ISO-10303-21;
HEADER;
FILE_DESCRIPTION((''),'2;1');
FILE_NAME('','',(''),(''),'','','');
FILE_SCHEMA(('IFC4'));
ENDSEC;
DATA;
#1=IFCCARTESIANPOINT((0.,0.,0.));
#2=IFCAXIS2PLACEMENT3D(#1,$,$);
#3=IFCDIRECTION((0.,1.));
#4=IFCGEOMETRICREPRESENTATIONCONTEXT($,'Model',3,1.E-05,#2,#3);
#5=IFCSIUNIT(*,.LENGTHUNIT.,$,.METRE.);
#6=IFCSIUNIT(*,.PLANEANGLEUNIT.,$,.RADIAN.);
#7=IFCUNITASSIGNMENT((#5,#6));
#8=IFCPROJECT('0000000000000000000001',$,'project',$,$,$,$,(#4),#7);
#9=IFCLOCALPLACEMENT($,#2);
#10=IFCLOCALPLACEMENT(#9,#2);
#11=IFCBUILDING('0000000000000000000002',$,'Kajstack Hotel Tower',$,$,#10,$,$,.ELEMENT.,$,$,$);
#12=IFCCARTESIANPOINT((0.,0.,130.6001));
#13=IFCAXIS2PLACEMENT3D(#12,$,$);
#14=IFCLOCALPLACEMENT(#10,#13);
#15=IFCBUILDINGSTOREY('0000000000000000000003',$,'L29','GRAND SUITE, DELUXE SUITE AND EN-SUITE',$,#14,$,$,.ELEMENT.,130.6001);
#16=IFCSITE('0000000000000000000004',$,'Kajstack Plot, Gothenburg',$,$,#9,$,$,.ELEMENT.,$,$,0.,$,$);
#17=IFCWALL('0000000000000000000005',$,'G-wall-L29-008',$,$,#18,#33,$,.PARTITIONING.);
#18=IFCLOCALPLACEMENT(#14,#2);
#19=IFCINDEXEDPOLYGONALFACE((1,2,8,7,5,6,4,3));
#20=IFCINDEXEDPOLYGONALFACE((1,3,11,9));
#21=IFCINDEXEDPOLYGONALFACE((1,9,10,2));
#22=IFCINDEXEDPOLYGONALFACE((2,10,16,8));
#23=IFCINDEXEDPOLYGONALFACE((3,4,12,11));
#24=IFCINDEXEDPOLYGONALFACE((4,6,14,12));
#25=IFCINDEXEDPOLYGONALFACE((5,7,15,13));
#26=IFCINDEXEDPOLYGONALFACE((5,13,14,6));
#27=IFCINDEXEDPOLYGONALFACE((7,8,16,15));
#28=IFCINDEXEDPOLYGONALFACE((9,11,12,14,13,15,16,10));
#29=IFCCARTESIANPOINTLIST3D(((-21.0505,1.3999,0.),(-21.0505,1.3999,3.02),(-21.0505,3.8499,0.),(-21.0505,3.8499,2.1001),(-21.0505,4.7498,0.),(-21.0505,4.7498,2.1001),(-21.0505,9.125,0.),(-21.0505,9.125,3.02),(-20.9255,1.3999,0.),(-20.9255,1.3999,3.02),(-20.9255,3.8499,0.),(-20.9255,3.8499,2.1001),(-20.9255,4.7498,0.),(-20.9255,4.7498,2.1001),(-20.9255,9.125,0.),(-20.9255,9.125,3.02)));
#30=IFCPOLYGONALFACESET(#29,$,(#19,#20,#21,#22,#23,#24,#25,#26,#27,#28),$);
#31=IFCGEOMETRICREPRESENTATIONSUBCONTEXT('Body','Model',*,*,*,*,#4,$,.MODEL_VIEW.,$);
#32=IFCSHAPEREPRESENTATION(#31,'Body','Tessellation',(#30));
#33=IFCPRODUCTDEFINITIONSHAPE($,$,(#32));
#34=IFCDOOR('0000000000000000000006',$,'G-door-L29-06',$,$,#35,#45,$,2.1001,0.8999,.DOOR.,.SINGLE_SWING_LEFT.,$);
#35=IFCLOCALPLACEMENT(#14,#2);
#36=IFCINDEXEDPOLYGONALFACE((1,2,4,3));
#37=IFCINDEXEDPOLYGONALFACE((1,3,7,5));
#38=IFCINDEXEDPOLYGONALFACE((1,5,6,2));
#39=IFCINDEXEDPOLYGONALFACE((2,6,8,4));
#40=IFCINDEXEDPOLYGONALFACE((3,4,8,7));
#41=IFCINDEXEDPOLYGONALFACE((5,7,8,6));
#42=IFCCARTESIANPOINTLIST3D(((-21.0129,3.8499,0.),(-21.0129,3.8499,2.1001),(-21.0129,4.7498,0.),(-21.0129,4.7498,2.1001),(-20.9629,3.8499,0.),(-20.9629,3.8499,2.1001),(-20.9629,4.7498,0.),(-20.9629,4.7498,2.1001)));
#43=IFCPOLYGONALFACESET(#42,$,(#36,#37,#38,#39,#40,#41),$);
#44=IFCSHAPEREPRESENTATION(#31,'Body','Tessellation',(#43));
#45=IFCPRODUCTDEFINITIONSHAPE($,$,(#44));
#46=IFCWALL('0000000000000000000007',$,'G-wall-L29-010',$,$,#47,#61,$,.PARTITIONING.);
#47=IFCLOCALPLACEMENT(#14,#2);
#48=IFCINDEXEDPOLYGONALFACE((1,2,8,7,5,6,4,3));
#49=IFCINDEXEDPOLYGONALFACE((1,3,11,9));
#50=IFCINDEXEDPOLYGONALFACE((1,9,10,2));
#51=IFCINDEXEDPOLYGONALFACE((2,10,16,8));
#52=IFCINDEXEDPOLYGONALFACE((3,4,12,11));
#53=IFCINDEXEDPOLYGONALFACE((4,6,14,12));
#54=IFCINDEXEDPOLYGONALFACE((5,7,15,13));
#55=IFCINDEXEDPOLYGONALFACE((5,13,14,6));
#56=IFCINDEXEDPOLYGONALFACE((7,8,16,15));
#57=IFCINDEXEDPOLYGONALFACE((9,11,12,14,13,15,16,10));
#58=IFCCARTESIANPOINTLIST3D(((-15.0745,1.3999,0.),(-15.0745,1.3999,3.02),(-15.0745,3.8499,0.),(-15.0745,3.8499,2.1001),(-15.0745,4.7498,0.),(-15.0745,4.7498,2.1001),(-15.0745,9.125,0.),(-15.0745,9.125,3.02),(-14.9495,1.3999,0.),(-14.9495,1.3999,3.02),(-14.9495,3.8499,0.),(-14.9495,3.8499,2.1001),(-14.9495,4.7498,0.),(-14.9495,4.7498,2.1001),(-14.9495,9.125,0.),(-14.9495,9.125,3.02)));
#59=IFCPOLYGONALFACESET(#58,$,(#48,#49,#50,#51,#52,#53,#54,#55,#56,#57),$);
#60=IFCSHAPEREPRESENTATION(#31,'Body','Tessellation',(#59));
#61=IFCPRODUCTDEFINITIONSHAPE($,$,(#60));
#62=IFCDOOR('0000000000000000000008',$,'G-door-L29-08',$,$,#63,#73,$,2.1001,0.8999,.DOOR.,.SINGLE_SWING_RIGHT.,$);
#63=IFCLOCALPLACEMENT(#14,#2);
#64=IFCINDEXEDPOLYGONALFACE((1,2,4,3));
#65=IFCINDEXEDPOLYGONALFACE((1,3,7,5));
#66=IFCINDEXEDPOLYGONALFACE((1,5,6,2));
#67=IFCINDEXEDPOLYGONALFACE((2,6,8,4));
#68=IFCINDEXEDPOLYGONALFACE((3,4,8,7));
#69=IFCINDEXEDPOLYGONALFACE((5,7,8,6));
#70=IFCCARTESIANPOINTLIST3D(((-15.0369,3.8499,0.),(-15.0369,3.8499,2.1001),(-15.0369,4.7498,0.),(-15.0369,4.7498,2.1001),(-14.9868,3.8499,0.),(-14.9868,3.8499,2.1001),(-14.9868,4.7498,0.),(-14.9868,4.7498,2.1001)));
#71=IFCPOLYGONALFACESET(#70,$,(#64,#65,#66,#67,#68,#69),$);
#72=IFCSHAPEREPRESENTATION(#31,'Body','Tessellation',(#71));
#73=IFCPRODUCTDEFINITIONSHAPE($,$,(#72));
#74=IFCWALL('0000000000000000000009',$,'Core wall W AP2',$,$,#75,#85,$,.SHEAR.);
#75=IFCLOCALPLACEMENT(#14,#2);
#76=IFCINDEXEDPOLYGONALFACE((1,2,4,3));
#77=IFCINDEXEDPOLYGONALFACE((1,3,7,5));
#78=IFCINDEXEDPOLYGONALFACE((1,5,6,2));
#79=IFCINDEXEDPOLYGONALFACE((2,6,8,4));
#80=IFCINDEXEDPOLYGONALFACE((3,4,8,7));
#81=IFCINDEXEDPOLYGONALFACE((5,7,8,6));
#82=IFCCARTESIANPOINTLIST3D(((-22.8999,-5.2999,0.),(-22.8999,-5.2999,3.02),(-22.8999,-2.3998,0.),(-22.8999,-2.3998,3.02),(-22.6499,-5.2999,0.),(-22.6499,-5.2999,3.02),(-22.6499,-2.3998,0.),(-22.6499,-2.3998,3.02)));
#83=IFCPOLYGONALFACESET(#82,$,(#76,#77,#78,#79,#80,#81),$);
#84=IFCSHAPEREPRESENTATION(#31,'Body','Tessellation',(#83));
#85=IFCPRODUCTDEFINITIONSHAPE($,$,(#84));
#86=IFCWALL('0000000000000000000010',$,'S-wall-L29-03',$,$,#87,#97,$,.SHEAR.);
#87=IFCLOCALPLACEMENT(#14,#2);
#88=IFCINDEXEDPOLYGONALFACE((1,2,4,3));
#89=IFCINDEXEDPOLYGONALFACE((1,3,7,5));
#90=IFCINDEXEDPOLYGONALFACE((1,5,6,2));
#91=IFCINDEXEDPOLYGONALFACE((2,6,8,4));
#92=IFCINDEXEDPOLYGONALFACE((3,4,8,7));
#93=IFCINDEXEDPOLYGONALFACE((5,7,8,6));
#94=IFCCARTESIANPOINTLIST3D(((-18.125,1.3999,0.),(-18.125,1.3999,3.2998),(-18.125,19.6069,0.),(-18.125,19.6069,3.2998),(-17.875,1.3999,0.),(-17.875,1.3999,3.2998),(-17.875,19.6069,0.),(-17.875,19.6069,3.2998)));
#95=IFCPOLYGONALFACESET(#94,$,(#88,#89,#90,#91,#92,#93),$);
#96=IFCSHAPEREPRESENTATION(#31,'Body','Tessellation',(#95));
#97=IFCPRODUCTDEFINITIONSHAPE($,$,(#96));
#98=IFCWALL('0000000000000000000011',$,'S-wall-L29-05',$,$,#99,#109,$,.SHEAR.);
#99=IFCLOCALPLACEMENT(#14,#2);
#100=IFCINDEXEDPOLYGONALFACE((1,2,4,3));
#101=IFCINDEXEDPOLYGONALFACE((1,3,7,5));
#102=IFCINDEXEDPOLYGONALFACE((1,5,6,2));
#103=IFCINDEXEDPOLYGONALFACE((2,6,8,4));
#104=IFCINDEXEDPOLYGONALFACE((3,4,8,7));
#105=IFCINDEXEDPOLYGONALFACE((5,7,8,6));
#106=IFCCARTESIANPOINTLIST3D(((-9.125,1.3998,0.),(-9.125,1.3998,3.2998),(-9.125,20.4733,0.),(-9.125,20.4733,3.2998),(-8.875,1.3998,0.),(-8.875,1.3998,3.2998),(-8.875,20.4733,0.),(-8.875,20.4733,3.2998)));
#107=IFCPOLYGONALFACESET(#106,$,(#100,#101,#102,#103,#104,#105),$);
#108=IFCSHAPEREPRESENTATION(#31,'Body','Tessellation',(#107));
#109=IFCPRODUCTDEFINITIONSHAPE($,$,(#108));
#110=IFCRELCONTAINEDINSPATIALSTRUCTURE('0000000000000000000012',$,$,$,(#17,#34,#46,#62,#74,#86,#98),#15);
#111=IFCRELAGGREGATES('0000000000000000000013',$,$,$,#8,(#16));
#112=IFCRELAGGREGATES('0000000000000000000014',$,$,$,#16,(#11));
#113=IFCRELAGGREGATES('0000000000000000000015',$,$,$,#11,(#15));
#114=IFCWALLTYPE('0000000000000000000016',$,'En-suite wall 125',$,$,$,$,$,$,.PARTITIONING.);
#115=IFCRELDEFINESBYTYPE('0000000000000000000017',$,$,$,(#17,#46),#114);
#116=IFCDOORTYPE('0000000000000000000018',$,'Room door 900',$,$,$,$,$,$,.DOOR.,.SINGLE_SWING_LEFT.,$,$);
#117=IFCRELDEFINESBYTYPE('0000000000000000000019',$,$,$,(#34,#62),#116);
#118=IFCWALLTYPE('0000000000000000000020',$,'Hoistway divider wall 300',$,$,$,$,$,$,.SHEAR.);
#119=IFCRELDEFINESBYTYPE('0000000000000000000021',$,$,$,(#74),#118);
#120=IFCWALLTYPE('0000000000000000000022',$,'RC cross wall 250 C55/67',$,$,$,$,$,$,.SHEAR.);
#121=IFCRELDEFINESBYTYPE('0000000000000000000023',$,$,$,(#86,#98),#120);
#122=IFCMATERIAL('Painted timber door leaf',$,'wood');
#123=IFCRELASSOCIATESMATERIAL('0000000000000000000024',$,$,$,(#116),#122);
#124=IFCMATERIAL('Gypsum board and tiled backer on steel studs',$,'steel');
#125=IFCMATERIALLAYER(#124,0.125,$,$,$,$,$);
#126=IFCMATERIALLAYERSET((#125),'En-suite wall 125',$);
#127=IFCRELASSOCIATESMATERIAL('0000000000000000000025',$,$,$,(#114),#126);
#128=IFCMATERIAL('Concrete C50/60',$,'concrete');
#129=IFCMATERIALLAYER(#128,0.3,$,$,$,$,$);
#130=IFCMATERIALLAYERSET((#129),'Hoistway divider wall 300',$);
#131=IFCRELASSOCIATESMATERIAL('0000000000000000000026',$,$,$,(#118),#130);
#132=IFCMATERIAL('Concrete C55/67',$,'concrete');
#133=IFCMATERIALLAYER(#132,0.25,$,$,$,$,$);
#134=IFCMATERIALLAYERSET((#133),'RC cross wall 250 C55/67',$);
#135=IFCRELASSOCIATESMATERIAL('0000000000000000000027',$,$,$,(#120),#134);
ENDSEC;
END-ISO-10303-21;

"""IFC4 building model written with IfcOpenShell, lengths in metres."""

from ifc_helpers import new_model, si_unit, direction, frame, frame_2d, origin, place, context, subcontext, project, spatial, rectangle, extrude, material, layer, layer_set, type_object, element, fill, save


model = new_model("IFC4")

# Units and contexts
model_context = context("Model", 3, precision=1e-05, world=origin(), true_north=direction((0.0, 1.0)))
body_context = subcontext(model_context, "Body", "Model", "MODEL_VIEW")
ifc_project = project(units=[si_unit("LENGTHUNIT", "METRE"), si_unit("PLANEANGLEUNIT", "RADIAN")], contexts=[model_context])

# Site, building, storey
site_placement = place(None, origin())
site = spatial("IfcSite", under=ifc_project, at=site_placement, Name="Kajstack Plot, Gothenburg", CompositionType="ELEMENT", RefElevation=0.0)
building_placement = place(site_placement, origin())
building = spatial("IfcBuilding", under=site, at=building_placement, Name="Kajstack Hotel Tower", CompositionType="ELEMENT")
storey_placement = place(building_placement, frame((0.0, 0.0, 130.6001)))
storey = spatial("IfcBuildingStorey", under=building, at=storey_placement, Name="L29", Description="GRAND SUITE, DELUXE SUITE AND EN-SUITE", CompositionType="ELEMENT", Elevation=130.6001)

# Shared definitions
ifc_material_1 = material(Name="Painted timber door leaf", Category="wood")
door_type_1 = type_object("IfcDoorType", Name="Room door 900", OperationType="SINGLE_SWING_LEFT", PredefinedType="DOOR", material=ifc_material_1)

# Walls, openings, doors
ifc_material_2 = material(Name="Gypsum board and tiled backer on steel studs", Category="steel")
ifc_layer_1 = layer(ifc_material_2, 0.125)
ifc_layer_set_1 = layer_set([ifc_layer_1], Name="En-suite wall 125")
wall_type_1 = type_object("IfcWallType", Name="En-suite wall 125", PredefinedType="PARTITIONING", material=ifc_layer_set_1)
wall_1_placement = place(storey_placement, frame((-20.988, 1.3999, 0.0), z_axis=(0.0, 0.0, 1.0), x_axis=(0.0, 1.0, 0.0)))
wall_1 = element("IfcWall", 1, at=wall_1_placement, inside=storey, type_object=wall_type_1, Name="G-wall-L29-008", PredefinedType="PARTITIONING", context=body_context, shape_type="SweptSolid", body=[
    extrude(rectangle(XDim=7.7251, YDim=0.125, at=frame_2d((3.8625, 0.0))), origin(), (0.0, 0.0, 1.0), 3.02),
])
opening_1_placement = place(wall_1_placement, frame((2.45, 0.0, 0.0)))
opening_1 = element("IfcOpeningElement", 2, at=opening_1_placement, cuts=wall_1, PredefinedType="OPENING", context=body_context, shape_type="SweptSolid", body=[
    extrude(rectangle(XDim=0.8999, YDim=2.1001, at=frame_2d((0.45, 1.05))), frame((0.0, 0.0725, 0.0), z_axis=(0.0, -1.0, 0.0), x_axis=(1.0, 0.0, 0.0)), (0.0, 0.0, 1.0), 0.145),
])
door_1_placement = place(opening_1_placement, origin())
door_1 = element("IfcDoor", 3, at=door_1_placement, inside=storey, type_object=door_type_1, Name="G-door-L29-06", OperationType="SINGLE_SWING_LEFT", OverallHeight=2.1001, OverallWidth=0.8999, PredefinedType="DOOR", context=body_context, shape_type="SweptSolid", body=[
    extrude(rectangle(XDim=0.8999, YDim=2.1001, at=frame_2d((0.45, 1.05))), frame((0.0, 0.0249, 0.0), z_axis=(0.0, -1.0, 0.0), x_axis=(1.0, 0.0, 0.0)), (0.0, 0.0, 1.0), 0.05),
])
fill(opening_1, door_1)
wall_2_placement = place(storey_placement, frame((-15.012, 1.3999, 0.0), z_axis=(0.0, 0.0, 1.0), x_axis=(0.0, 1.0, 0.0)))
wall_2 = element("IfcWall", 4, at=wall_2_placement, inside=storey, type_object=wall_type_1, Name="G-wall-L29-010", PredefinedType="PARTITIONING", context=body_context, shape_type="SweptSolid", body=[
    extrude(rectangle(XDim=7.7251, YDim=0.125, at=frame_2d((3.8625, 0.0))), origin(), (0.0, 0.0, 1.0), 3.02),
])
opening_2_placement = place(wall_2_placement, frame((2.45, 0.0, 0.0)))
opening_2 = element("IfcOpeningElement", 5, at=opening_2_placement, cuts=wall_2, PredefinedType="OPENING", context=body_context, shape_type="SweptSolid", body=[
    extrude(rectangle(XDim=0.8999, YDim=2.1001, at=frame_2d((0.45, 1.05))), frame((0.0, 0.0725, 0.0), z_axis=(0.0, -1.0, 0.0), x_axis=(1.0, 0.0, 0.0)), (0.0, 0.0, 1.0), 0.145),
])
door_2_placement = place(opening_2_placement, origin())
door_2 = element("IfcDoor", 6, at=door_2_placement, inside=storey, type_object=door_type_1, Name="G-door-L29-08", OperationType="SINGLE_SWING_RIGHT", OverallHeight=2.1001, OverallWidth=0.8999, PredefinedType="DOOR", context=body_context, shape_type="SweptSolid", body=[
    extrude(rectangle(XDim=0.8999, YDim=2.1001, at=frame_2d((0.45, 1.05))), frame((0.0, 0.0249, 0.0), z_axis=(0.0, -1.0, 0.0), x_axis=(1.0, 0.0, 0.0)), (0.0, 0.0, 1.0), 0.05),
])
fill(opening_2, door_2)

# Walls
ifc_material_3 = material(Name="Concrete C50/60", Category="concrete")
ifc_layer_2 = layer(ifc_material_3, 0.3)
ifc_layer_set_2 = layer_set([ifc_layer_2], Name="Hoistway divider wall 300")
wall_type_2 = type_object("IfcWallType", Name="Hoistway divider wall 300", PredefinedType="SHEAR", material=ifc_layer_set_2)
wall_3_placement = place(storey_placement, frame((-22.7749, -5.3, 0.0), z_axis=(0.0, 0.0, 1.0), x_axis=(0.0, 1.0, 0.0)))
element("IfcWall", 7, at=wall_3_placement, inside=storey, type_object=wall_type_2, Name="Core wall W AP2", PredefinedType="SHEAR", context=body_context, shape_type="SweptSolid", body=[
    extrude(rectangle(XDim=2.9001, YDim=0.25, at=frame_2d((1.4502, 0.0))), origin(), (0.0, 0.0, 1.0), 3.02),
])
ifc_material_4 = material(Name="Concrete C55/67", Category="concrete")
ifc_layer_3 = layer(ifc_material_4, 0.25)
ifc_layer_set_3 = layer_set([ifc_layer_3], Name="RC cross wall 250 C55/67")
wall_type_3 = type_object("IfcWallType", Name="RC cross wall 250 C55/67", PredefinedType="SHEAR", material=ifc_layer_set_3)
wall_4_placement = place(storey_placement, frame((-18.0, 1.3999, 0.0), z_axis=(0.0, 0.0, 1.0), x_axis=(0.0, 1.0, 0.0)))
element("IfcWall", 8, at=wall_4_placement, inside=storey, type_object=wall_type_3, Name="S-wall-L29-03", PredefinedType="SHEAR", context=body_context, shape_type="SweptSolid", body=[
    extrude(rectangle(XDim=18.207, YDim=0.25, at=frame_2d((9.1035, 0.0))), origin(), (0.0, 0.0, 1.0), 3.2998),
])
wall_5_placement = place(storey_placement, frame((-9.0, 1.3999, 0.0), z_axis=(0.0, 0.0, 1.0), x_axis=(0.0, 1.0, 0.0)))
element("IfcWall", 9, at=wall_5_placement, inside=storey, type_object=wall_type_3, Name="S-wall-L29-05", PredefinedType="SHEAR", context=body_context, shape_type="SweptSolid", body=[
    extrude(rectangle(XDim=19.0735, YDim=0.25, at=frame_2d((9.5366, 0.0))), origin(), (0.0, 0.0, 1.0), 3.2998),
])

save(model, "model.ifc")
